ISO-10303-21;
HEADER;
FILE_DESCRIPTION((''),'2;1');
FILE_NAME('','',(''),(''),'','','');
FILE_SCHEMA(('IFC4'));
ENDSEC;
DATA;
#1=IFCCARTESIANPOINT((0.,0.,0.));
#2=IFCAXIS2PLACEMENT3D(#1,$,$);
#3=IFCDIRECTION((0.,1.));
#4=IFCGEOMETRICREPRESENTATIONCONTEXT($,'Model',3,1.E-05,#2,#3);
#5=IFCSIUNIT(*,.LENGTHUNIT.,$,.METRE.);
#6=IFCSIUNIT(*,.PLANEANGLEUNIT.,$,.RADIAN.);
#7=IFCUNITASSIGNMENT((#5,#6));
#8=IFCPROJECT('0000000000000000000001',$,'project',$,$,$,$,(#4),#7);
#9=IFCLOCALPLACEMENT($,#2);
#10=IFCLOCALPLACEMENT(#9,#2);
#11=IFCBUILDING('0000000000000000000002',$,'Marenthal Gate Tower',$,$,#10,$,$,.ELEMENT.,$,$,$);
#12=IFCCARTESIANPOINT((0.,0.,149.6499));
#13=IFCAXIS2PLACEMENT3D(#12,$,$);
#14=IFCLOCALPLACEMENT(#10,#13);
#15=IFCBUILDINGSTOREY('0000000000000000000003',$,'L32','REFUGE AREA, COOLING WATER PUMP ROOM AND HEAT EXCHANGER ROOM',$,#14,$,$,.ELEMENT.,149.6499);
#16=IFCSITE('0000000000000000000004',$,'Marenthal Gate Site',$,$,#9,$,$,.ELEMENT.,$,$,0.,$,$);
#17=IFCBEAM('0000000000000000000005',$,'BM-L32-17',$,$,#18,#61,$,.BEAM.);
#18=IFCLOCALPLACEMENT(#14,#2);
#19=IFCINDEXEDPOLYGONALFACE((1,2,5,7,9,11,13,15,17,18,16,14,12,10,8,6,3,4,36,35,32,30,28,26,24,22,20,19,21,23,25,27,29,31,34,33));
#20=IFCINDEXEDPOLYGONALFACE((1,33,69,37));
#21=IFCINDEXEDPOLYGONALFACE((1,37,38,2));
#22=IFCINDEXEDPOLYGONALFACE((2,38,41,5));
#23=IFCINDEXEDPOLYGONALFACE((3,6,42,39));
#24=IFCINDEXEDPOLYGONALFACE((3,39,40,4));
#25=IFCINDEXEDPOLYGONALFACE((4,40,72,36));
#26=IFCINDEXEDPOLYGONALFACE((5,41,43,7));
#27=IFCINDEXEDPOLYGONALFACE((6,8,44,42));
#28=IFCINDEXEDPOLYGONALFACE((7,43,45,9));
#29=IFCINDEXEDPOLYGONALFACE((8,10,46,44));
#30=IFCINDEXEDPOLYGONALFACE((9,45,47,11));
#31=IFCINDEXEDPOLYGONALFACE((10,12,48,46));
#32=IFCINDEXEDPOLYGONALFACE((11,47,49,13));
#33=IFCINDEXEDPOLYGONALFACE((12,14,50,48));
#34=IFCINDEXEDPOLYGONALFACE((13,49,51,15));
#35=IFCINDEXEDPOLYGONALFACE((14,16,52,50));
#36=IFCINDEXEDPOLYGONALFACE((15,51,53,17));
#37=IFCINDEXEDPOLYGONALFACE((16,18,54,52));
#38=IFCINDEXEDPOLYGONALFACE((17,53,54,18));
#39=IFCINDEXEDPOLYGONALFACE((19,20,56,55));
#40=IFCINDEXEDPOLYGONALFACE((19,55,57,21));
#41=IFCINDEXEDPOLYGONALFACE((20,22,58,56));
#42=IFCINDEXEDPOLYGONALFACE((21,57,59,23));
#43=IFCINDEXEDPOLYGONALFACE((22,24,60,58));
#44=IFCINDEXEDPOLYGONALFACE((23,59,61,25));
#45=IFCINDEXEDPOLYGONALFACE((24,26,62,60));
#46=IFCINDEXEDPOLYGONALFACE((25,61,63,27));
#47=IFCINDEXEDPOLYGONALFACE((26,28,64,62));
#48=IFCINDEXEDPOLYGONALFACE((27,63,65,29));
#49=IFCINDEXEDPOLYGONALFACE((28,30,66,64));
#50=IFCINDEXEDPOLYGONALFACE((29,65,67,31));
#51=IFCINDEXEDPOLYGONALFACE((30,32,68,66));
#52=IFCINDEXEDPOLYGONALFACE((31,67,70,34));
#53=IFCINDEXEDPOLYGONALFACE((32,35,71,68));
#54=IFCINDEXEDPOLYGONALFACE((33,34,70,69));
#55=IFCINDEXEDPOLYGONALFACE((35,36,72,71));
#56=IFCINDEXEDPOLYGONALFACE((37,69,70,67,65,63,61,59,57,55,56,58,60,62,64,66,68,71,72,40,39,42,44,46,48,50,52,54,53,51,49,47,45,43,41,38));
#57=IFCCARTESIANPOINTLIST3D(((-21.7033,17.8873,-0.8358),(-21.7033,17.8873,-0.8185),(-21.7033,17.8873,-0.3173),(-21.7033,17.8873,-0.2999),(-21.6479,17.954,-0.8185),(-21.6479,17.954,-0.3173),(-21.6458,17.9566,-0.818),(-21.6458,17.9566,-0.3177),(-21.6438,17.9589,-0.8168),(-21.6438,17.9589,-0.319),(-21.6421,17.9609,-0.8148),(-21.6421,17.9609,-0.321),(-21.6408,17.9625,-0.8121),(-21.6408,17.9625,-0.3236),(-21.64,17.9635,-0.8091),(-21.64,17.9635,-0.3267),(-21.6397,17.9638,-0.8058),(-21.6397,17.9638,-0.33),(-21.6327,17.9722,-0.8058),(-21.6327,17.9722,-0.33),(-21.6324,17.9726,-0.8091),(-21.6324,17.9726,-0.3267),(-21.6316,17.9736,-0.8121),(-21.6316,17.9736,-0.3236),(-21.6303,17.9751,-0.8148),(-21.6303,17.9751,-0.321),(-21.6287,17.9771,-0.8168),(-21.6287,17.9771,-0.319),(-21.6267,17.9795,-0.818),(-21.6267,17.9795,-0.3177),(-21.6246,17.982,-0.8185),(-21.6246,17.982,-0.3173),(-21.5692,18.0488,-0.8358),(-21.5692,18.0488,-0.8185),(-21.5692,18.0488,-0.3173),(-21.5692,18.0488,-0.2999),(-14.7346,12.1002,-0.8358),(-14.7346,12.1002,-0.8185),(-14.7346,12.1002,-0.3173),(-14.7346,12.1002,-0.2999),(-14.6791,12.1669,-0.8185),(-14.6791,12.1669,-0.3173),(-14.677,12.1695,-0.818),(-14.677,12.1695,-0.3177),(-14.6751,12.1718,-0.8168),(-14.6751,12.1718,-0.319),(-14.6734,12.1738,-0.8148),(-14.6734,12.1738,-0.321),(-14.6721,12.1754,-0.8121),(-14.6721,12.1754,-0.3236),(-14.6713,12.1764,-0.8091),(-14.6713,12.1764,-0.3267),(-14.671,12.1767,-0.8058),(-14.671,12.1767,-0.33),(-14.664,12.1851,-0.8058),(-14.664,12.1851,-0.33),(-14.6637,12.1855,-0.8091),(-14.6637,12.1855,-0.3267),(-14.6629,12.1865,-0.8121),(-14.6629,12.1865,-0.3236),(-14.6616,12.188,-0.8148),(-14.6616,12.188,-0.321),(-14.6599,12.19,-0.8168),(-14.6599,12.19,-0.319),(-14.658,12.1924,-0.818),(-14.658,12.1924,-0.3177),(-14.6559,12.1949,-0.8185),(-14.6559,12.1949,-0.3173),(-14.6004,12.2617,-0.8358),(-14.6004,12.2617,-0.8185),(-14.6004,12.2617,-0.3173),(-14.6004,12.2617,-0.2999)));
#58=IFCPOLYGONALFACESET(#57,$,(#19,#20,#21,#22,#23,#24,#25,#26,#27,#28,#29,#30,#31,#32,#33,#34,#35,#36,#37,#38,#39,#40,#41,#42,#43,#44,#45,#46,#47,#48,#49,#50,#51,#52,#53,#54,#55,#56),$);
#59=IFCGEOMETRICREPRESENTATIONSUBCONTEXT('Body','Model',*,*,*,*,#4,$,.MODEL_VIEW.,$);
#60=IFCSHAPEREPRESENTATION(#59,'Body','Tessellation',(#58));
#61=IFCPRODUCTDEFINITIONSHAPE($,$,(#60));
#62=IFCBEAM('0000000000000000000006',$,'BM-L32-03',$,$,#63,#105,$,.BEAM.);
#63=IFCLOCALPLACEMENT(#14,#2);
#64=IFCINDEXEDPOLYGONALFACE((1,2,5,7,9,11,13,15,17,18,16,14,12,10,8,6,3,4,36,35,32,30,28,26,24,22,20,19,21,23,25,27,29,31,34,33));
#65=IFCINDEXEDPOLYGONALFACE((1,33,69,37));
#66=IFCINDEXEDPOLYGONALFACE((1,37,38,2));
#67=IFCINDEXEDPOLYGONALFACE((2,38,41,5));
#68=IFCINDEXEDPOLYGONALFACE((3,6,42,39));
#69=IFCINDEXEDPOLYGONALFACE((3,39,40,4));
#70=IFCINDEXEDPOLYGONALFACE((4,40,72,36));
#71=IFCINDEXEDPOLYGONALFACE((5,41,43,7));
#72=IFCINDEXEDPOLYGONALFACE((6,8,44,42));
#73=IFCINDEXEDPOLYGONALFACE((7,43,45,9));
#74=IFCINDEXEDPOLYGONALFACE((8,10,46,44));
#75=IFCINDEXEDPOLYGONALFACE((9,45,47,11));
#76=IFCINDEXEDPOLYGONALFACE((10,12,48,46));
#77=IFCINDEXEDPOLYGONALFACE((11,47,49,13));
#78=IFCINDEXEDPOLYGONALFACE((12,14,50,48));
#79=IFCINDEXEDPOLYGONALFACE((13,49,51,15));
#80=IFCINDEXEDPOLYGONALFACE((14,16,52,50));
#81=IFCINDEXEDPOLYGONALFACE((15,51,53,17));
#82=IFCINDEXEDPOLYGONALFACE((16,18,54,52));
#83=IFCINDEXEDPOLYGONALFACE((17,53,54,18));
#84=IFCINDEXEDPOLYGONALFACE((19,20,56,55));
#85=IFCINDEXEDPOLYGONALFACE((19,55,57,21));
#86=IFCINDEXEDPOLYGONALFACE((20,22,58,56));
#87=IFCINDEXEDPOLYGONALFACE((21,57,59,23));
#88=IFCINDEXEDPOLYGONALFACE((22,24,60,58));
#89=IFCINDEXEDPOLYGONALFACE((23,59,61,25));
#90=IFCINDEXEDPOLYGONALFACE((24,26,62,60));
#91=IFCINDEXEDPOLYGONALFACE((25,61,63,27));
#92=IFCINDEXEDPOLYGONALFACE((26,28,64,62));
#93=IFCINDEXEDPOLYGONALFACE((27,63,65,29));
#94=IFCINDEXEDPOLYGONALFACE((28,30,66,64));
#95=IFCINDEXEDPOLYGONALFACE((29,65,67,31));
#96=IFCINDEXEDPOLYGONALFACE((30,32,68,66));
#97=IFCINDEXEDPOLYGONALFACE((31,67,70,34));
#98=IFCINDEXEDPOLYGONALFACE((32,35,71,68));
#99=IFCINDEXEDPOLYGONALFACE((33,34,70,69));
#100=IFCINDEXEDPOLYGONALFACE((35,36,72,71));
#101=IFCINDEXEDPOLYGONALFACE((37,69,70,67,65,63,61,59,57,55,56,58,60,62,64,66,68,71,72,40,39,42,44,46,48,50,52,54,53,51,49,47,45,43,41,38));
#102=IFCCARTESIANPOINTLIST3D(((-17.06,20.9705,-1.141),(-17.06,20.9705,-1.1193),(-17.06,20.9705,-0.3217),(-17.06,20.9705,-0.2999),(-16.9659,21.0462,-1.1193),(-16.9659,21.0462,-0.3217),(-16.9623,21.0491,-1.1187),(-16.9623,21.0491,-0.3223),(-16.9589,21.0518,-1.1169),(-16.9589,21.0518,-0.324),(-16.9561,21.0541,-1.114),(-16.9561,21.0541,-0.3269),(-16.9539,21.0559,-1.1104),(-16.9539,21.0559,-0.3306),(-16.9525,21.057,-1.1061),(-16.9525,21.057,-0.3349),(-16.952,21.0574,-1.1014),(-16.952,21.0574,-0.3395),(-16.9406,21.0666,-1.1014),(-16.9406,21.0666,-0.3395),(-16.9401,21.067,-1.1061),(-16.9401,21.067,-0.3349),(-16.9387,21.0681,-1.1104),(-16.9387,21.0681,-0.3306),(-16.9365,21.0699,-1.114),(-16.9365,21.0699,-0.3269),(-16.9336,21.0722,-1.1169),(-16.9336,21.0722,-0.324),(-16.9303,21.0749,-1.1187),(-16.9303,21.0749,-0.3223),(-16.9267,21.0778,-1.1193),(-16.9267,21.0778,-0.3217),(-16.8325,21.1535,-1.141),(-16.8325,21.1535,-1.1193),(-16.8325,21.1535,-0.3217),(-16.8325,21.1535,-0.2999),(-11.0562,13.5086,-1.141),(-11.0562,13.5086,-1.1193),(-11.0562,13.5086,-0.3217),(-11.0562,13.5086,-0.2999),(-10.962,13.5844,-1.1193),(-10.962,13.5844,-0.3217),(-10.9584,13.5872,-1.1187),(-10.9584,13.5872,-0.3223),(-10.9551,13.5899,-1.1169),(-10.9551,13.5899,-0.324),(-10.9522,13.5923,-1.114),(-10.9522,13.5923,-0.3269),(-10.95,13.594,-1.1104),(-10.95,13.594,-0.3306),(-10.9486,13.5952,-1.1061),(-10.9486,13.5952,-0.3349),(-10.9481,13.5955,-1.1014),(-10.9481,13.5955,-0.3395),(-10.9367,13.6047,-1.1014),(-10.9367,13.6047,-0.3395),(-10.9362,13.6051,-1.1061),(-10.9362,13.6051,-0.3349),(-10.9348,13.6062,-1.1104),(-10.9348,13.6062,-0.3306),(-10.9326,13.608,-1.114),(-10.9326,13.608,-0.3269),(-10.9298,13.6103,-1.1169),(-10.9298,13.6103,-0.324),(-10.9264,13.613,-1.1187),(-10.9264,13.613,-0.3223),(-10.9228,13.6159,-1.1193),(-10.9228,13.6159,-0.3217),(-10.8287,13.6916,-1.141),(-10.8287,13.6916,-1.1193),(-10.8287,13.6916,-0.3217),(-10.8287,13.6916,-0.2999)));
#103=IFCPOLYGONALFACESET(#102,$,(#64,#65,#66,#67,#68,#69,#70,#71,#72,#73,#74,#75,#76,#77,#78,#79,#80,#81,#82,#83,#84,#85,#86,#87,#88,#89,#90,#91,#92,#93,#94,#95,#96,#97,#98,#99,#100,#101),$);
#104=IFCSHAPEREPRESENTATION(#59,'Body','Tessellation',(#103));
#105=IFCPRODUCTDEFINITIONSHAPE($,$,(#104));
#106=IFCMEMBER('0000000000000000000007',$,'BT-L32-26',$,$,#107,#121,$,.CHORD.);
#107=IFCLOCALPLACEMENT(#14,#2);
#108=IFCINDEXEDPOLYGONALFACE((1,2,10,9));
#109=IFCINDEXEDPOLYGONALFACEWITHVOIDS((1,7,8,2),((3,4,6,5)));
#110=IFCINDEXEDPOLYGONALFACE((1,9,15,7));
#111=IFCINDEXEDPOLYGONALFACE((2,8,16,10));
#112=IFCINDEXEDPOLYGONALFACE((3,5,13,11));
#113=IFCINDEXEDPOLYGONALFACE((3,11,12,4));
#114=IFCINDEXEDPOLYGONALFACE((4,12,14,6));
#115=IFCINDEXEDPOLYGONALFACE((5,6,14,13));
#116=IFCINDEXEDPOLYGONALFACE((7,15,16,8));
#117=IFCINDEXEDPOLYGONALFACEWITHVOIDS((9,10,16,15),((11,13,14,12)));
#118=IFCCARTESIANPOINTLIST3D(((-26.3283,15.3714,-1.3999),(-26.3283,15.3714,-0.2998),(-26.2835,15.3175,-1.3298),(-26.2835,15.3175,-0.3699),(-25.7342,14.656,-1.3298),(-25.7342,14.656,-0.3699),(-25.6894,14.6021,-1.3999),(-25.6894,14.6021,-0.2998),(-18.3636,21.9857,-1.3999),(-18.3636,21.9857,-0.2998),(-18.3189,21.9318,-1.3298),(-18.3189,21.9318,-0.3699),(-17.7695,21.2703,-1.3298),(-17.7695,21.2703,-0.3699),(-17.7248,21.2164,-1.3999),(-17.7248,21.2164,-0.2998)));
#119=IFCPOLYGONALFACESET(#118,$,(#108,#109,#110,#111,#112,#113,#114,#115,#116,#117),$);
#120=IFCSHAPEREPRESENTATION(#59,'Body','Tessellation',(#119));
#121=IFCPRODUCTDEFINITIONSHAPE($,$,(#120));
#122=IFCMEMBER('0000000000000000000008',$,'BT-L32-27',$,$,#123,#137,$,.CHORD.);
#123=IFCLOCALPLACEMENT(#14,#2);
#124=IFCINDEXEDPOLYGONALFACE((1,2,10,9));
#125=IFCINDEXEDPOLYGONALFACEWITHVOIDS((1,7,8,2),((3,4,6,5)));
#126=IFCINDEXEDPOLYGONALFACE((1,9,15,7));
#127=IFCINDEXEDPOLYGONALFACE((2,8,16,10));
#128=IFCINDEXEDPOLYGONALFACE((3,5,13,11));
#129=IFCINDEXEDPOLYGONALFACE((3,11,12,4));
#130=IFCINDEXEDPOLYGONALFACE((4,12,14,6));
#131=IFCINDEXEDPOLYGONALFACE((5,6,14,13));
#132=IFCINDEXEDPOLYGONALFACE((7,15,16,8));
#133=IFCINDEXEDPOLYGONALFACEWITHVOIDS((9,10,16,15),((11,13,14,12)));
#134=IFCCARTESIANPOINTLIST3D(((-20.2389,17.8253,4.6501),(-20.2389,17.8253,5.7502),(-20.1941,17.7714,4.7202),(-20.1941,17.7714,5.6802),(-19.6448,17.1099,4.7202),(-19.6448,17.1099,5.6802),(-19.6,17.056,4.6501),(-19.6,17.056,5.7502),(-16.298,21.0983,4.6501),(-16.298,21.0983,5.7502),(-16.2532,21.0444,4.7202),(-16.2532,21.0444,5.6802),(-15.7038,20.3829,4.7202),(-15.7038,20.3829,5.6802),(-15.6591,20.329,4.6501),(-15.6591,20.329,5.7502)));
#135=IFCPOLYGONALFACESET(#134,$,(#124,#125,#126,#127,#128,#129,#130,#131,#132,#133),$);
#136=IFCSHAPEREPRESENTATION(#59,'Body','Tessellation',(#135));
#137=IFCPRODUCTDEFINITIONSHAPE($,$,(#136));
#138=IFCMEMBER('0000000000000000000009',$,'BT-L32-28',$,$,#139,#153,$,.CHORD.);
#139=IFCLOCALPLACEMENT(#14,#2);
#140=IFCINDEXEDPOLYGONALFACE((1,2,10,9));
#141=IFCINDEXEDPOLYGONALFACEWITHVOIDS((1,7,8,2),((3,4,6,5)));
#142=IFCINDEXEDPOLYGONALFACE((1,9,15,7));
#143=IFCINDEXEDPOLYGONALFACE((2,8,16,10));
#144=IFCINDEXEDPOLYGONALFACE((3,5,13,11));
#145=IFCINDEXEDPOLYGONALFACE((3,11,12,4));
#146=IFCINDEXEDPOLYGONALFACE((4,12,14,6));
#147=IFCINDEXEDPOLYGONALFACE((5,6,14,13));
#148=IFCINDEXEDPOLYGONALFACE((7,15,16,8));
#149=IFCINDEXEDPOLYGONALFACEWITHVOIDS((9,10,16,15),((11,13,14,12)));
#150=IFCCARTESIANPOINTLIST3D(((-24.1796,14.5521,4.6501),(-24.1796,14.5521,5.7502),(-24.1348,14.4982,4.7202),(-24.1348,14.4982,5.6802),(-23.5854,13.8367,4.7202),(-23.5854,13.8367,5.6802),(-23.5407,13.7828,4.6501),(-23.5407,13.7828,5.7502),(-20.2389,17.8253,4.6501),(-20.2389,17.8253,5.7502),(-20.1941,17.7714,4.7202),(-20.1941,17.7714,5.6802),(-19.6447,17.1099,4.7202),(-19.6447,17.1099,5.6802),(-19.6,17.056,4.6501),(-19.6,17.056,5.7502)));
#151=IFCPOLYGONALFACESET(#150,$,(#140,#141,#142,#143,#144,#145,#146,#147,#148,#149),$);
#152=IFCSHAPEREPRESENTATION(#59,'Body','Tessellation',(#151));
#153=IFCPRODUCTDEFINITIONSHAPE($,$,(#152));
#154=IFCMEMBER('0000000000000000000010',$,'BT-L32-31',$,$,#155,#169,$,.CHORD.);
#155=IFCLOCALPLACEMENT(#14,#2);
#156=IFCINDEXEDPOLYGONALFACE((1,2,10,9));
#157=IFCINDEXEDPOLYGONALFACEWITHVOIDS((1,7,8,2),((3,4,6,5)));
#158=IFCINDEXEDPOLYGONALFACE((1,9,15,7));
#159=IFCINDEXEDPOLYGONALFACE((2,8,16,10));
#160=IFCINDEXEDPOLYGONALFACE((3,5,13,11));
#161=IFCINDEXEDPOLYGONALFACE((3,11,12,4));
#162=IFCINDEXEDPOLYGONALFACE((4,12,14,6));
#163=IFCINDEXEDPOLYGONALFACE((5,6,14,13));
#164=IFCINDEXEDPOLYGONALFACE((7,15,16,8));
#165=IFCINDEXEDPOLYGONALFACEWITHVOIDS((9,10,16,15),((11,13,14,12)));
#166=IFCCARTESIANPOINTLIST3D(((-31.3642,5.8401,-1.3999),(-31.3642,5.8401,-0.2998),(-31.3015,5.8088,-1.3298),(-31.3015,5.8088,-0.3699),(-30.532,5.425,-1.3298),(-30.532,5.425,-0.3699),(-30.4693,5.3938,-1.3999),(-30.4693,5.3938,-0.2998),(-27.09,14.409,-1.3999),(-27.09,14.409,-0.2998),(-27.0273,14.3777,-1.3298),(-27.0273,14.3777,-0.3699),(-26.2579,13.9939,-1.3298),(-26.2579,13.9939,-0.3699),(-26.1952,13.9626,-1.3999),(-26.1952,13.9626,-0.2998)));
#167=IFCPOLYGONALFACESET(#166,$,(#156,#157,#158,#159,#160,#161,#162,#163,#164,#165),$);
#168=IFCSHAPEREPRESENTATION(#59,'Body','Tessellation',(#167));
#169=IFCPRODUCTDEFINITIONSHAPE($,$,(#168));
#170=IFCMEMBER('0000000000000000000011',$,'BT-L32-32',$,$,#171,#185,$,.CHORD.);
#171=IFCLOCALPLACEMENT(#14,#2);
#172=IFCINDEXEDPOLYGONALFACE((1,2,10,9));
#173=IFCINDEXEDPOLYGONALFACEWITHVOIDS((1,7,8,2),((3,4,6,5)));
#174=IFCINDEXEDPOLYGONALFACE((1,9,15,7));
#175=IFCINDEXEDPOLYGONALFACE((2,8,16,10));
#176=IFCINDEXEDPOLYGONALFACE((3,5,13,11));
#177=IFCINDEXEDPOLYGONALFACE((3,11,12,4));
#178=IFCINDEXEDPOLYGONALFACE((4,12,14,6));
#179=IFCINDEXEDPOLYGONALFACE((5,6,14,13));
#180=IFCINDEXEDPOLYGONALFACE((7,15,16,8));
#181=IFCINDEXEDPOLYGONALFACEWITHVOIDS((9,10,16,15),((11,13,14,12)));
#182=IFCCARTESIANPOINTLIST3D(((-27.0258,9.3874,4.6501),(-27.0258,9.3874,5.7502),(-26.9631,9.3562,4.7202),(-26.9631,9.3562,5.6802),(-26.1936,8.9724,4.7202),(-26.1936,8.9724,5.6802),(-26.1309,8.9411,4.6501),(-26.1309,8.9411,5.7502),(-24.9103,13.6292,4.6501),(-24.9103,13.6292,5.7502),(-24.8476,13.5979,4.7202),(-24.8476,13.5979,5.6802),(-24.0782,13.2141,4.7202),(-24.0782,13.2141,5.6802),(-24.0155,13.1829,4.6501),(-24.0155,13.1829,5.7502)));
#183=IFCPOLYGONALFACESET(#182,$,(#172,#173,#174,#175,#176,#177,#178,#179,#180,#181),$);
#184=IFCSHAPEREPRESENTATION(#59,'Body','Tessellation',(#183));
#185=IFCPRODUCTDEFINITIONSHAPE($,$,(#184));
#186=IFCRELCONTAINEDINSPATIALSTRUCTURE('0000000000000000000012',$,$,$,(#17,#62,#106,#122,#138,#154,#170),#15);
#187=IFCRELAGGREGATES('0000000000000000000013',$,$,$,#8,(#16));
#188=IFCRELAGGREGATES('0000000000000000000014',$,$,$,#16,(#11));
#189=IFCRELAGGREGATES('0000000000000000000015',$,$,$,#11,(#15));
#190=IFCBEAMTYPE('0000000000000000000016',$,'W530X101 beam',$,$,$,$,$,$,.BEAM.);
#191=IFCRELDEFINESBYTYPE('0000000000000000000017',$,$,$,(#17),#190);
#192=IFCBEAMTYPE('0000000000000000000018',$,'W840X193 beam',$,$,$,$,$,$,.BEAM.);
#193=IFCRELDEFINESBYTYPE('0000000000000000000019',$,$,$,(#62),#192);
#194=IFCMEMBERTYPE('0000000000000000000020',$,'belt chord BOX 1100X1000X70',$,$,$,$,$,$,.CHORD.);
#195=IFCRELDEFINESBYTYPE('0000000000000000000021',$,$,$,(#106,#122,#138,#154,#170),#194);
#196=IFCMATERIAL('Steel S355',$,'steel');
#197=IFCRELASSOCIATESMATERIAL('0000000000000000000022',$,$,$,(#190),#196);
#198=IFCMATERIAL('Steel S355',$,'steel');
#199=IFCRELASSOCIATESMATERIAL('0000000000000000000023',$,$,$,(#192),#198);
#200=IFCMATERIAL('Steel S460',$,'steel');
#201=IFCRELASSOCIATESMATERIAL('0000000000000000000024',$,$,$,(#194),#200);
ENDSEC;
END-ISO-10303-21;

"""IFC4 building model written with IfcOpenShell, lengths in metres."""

from ifc_helpers import new_model, si_unit, direction, frame, origin, origin_2d, place, context, subcontext, project, spatial, hollow_rectangle, i_section, extrude, material, material_profile, profile_set, type_object, element, save


model = new_model("IFC4")

# Units and contexts
model_context = context("Model", 3, precision=1e-05, world=origin(), true_north=direction((0.0, 1.0)))
body_context = subcontext(model_context, "Body", "Model", "MODEL_VIEW")
ifc_project = project(units=[si_unit("LENGTHUNIT", "METRE"), si_unit("PLANEANGLEUNIT", "RADIAN")], contexts=[model_context])

# Site, building, storey
site_placement = place(None, origin())
site = spatial("IfcSite", under=ifc_project, at=site_placement, Name="Marenthal Gate Site", CompositionType="ELEMENT", RefElevation=0.0)
building_placement = place(site_placement, origin())
building = spatial("IfcBuilding", under=site, at=building_placement, Name="Marenthal Gate Tower", CompositionType="ELEMENT")
storey_placement = place(building_placement, frame((0.0, 0.0, 149.6499)))
storey = spatial("IfcBuildingStorey", under=building, at=storey_placement, Name="L32", Description="REFUGE AREA, COOLING WATER PUMP ROOM AND HEAT EXCHANGER ROOM", CompositionType="ELEMENT", Elevation=149.6499)

# Beams
ifc_material_1 = material(Name="Steel S355", Category="steel")
ifc_material_profile_1 = material_profile(ifc_material_1, i_section(OverallWidth=0.21, OverallDepth=0.5359, WebThickness=0.011, FlangeThickness=0.0173, FilletRadius=0.0127, at=origin_2d()), Name="W530X101")
ifc_profile_set_1 = profile_set([ifc_material_profile_1], Name="Steel S355")
beam_type_1 = type_object("IfcBeamType", Name="W530X101 beam", PredefinedType="BEAM", material=ifc_profile_set_1)
beam_1_placement = place(storey_placement, frame((-21.6362, 17.968, -0.5679), z_axis=(0.769316, -0.638869, 0.0), x_axis=(0.638869, 0.769316, 0.0)))
element("IfcBeam", 1, at=beam_1_placement, inside=storey, type_object=beam_type_1, Name="BM-L32-17", PredefinedType="BEAM", context=body_context, shape_type="SweptSolid", body=[
    extrude(i_section(OverallWidth=0.21, OverallDepth=0.5359, WebThickness=0.011, FlangeThickness=0.0173, FilletRadius=0.0127, at=origin_2d()), origin(), (0.0, 0.0, 1.0), 9.0583),
])
ifc_material_2 = material(Name="Steel S355", Category="steel")
ifc_material_profile_2 = material_profile(ifc_material_2, i_section(OverallWidth=0.292, OverallDepth=0.8411, WebThickness=0.0146, FlangeThickness=0.0217, FilletRadius=0.0178, at=origin_2d()), Name="W840X193")
ifc_profile_set_2 = profile_set([ifc_material_profile_2], Name="Steel S355")
beam_type_2 = type_object("IfcBeamType", Name="W840X193 beam", PredefinedType="BEAM", material=ifc_profile_set_2)
beam_2_placement = place(storey_placement, frame((-16.9463, 21.062, -0.7205), z_axis=(0.626881, -0.779115, 0.0), x_axis=(0.779115, 0.626881, 0.0)))
element("IfcBeam", 2, at=beam_2_placement, inside=storey, type_object=beam_type_2, Name="BM-L32-03", PredefinedType="BEAM", context=body_context, shape_type="SweptSolid", body=[
    extrude(i_section(OverallWidth=0.292, OverallDepth=0.8411, WebThickness=0.0146, FlangeThickness=0.0217, FilletRadius=0.0178, at=origin_2d()), origin(), (0.0, 0.0, 1.0), 9.5774),
])

# Members
ifc_material_3 = material(Name="Steel S460", Category="steel")
ifc_material_profile_3 = material_profile(ifc_material_3, hollow_rectangle(XDim=1.0, YDim=1.1001, WallThickness=0.0701, at=origin_2d()), Name="BOX 1100X1000X70")
ifc_profile_set_3 = profile_set([ifc_material_profile_3], Name="Steel S460")
member_type_1 = type_object("IfcMemberType", Name="belt chord BOX 1100X1000X70", PredefinedType="CHORD", material=ifc_profile_set_3)
member_1_placement = place(storey_placement, frame((-18.0442, 21.6011, -0.8499), z_axis=(-0.769308, -0.638878, 0.0), x_axis=(0.638878, -0.769308, 0.0)))
element("IfcMember", 3, at=member_1_placement, inside=storey, type_object=member_type_1, Name="BT-L32-26", PredefinedType="CHORD", context=body_context, shape_type="SweptSolid", body=[
    extrude(hollow_rectangle(XDim=1.0, YDim=1.1001, WallThickness=0.0701, at=origin_2d()), origin(), (0.0, 0.0, 1.0), 10.353),
])
for number, where, z_axis, x_axis, name in (
    (4, (-15.9785, 20.7136, 5.2002), (-0.769291, -0.638899, 0.0), (0.638899, -0.769291, 0.0), "BT-L32-27"),
    (5, (-19.9194, 17.4407, 5.2002), (-0.769248, -0.638951, 0.0), (0.638951, -0.769248, 0.0), "BT-L32-28"),
):
    element("IfcMember", number, at=place(storey_placement, frame(where, z_axis=z_axis, x_axis=x_axis)), inside=storey, type_object=member_type_1, Name=name, PredefinedType="CHORD", context=body_context, shape_type="SweptSolid", body=[
        extrude(hollow_rectangle(XDim=1.0, YDim=1.1001, WallThickness=0.0701, at=origin_2d()), origin(), (0.0, 0.0, 1.0), 5.1228),
    ])
member_2_placement = place(storey_placement, frame((-26.6426, 14.1858, -0.8499), z_axis=(-0.446357, -0.894855, 0.0), x_axis=(0.894855, -0.446357, 0.0)))
element("IfcMember", 6, at=member_2_placement, inside=storey, type_object=member_type_1, Name="BT-L32-31", PredefinedType="CHORD", context=body_context, shape_type="SweptSolid", body=[
    extrude(hollow_rectangle(XDim=1.0, YDim=1.1001, WallThickness=0.0701, at=origin_2d()), origin(), (0.0, 0.0, 1.0), 9.5757),
])
member_3_placement = place(storey_placement, frame((-24.4629, 13.406, 5.2002), z_axis=(-0.446307, -0.89488, 0.0), x_axis=(0.89488, -0.446307, 0.0)))
element("IfcMember", 7, at=member_3_placement, inside=storey, type_object=member_type_1, Name="BT-L32-32", PredefinedType="CHORD", context=body_context, shape_type="SweptSolid", body=[
    extrude(hollow_rectangle(XDim=1.0, YDim=1.1001, WallThickness=0.0701, at=origin_2d()), origin(), (0.0, 0.0, 1.0), 4.74),
])

save(model, "model.ifc")
